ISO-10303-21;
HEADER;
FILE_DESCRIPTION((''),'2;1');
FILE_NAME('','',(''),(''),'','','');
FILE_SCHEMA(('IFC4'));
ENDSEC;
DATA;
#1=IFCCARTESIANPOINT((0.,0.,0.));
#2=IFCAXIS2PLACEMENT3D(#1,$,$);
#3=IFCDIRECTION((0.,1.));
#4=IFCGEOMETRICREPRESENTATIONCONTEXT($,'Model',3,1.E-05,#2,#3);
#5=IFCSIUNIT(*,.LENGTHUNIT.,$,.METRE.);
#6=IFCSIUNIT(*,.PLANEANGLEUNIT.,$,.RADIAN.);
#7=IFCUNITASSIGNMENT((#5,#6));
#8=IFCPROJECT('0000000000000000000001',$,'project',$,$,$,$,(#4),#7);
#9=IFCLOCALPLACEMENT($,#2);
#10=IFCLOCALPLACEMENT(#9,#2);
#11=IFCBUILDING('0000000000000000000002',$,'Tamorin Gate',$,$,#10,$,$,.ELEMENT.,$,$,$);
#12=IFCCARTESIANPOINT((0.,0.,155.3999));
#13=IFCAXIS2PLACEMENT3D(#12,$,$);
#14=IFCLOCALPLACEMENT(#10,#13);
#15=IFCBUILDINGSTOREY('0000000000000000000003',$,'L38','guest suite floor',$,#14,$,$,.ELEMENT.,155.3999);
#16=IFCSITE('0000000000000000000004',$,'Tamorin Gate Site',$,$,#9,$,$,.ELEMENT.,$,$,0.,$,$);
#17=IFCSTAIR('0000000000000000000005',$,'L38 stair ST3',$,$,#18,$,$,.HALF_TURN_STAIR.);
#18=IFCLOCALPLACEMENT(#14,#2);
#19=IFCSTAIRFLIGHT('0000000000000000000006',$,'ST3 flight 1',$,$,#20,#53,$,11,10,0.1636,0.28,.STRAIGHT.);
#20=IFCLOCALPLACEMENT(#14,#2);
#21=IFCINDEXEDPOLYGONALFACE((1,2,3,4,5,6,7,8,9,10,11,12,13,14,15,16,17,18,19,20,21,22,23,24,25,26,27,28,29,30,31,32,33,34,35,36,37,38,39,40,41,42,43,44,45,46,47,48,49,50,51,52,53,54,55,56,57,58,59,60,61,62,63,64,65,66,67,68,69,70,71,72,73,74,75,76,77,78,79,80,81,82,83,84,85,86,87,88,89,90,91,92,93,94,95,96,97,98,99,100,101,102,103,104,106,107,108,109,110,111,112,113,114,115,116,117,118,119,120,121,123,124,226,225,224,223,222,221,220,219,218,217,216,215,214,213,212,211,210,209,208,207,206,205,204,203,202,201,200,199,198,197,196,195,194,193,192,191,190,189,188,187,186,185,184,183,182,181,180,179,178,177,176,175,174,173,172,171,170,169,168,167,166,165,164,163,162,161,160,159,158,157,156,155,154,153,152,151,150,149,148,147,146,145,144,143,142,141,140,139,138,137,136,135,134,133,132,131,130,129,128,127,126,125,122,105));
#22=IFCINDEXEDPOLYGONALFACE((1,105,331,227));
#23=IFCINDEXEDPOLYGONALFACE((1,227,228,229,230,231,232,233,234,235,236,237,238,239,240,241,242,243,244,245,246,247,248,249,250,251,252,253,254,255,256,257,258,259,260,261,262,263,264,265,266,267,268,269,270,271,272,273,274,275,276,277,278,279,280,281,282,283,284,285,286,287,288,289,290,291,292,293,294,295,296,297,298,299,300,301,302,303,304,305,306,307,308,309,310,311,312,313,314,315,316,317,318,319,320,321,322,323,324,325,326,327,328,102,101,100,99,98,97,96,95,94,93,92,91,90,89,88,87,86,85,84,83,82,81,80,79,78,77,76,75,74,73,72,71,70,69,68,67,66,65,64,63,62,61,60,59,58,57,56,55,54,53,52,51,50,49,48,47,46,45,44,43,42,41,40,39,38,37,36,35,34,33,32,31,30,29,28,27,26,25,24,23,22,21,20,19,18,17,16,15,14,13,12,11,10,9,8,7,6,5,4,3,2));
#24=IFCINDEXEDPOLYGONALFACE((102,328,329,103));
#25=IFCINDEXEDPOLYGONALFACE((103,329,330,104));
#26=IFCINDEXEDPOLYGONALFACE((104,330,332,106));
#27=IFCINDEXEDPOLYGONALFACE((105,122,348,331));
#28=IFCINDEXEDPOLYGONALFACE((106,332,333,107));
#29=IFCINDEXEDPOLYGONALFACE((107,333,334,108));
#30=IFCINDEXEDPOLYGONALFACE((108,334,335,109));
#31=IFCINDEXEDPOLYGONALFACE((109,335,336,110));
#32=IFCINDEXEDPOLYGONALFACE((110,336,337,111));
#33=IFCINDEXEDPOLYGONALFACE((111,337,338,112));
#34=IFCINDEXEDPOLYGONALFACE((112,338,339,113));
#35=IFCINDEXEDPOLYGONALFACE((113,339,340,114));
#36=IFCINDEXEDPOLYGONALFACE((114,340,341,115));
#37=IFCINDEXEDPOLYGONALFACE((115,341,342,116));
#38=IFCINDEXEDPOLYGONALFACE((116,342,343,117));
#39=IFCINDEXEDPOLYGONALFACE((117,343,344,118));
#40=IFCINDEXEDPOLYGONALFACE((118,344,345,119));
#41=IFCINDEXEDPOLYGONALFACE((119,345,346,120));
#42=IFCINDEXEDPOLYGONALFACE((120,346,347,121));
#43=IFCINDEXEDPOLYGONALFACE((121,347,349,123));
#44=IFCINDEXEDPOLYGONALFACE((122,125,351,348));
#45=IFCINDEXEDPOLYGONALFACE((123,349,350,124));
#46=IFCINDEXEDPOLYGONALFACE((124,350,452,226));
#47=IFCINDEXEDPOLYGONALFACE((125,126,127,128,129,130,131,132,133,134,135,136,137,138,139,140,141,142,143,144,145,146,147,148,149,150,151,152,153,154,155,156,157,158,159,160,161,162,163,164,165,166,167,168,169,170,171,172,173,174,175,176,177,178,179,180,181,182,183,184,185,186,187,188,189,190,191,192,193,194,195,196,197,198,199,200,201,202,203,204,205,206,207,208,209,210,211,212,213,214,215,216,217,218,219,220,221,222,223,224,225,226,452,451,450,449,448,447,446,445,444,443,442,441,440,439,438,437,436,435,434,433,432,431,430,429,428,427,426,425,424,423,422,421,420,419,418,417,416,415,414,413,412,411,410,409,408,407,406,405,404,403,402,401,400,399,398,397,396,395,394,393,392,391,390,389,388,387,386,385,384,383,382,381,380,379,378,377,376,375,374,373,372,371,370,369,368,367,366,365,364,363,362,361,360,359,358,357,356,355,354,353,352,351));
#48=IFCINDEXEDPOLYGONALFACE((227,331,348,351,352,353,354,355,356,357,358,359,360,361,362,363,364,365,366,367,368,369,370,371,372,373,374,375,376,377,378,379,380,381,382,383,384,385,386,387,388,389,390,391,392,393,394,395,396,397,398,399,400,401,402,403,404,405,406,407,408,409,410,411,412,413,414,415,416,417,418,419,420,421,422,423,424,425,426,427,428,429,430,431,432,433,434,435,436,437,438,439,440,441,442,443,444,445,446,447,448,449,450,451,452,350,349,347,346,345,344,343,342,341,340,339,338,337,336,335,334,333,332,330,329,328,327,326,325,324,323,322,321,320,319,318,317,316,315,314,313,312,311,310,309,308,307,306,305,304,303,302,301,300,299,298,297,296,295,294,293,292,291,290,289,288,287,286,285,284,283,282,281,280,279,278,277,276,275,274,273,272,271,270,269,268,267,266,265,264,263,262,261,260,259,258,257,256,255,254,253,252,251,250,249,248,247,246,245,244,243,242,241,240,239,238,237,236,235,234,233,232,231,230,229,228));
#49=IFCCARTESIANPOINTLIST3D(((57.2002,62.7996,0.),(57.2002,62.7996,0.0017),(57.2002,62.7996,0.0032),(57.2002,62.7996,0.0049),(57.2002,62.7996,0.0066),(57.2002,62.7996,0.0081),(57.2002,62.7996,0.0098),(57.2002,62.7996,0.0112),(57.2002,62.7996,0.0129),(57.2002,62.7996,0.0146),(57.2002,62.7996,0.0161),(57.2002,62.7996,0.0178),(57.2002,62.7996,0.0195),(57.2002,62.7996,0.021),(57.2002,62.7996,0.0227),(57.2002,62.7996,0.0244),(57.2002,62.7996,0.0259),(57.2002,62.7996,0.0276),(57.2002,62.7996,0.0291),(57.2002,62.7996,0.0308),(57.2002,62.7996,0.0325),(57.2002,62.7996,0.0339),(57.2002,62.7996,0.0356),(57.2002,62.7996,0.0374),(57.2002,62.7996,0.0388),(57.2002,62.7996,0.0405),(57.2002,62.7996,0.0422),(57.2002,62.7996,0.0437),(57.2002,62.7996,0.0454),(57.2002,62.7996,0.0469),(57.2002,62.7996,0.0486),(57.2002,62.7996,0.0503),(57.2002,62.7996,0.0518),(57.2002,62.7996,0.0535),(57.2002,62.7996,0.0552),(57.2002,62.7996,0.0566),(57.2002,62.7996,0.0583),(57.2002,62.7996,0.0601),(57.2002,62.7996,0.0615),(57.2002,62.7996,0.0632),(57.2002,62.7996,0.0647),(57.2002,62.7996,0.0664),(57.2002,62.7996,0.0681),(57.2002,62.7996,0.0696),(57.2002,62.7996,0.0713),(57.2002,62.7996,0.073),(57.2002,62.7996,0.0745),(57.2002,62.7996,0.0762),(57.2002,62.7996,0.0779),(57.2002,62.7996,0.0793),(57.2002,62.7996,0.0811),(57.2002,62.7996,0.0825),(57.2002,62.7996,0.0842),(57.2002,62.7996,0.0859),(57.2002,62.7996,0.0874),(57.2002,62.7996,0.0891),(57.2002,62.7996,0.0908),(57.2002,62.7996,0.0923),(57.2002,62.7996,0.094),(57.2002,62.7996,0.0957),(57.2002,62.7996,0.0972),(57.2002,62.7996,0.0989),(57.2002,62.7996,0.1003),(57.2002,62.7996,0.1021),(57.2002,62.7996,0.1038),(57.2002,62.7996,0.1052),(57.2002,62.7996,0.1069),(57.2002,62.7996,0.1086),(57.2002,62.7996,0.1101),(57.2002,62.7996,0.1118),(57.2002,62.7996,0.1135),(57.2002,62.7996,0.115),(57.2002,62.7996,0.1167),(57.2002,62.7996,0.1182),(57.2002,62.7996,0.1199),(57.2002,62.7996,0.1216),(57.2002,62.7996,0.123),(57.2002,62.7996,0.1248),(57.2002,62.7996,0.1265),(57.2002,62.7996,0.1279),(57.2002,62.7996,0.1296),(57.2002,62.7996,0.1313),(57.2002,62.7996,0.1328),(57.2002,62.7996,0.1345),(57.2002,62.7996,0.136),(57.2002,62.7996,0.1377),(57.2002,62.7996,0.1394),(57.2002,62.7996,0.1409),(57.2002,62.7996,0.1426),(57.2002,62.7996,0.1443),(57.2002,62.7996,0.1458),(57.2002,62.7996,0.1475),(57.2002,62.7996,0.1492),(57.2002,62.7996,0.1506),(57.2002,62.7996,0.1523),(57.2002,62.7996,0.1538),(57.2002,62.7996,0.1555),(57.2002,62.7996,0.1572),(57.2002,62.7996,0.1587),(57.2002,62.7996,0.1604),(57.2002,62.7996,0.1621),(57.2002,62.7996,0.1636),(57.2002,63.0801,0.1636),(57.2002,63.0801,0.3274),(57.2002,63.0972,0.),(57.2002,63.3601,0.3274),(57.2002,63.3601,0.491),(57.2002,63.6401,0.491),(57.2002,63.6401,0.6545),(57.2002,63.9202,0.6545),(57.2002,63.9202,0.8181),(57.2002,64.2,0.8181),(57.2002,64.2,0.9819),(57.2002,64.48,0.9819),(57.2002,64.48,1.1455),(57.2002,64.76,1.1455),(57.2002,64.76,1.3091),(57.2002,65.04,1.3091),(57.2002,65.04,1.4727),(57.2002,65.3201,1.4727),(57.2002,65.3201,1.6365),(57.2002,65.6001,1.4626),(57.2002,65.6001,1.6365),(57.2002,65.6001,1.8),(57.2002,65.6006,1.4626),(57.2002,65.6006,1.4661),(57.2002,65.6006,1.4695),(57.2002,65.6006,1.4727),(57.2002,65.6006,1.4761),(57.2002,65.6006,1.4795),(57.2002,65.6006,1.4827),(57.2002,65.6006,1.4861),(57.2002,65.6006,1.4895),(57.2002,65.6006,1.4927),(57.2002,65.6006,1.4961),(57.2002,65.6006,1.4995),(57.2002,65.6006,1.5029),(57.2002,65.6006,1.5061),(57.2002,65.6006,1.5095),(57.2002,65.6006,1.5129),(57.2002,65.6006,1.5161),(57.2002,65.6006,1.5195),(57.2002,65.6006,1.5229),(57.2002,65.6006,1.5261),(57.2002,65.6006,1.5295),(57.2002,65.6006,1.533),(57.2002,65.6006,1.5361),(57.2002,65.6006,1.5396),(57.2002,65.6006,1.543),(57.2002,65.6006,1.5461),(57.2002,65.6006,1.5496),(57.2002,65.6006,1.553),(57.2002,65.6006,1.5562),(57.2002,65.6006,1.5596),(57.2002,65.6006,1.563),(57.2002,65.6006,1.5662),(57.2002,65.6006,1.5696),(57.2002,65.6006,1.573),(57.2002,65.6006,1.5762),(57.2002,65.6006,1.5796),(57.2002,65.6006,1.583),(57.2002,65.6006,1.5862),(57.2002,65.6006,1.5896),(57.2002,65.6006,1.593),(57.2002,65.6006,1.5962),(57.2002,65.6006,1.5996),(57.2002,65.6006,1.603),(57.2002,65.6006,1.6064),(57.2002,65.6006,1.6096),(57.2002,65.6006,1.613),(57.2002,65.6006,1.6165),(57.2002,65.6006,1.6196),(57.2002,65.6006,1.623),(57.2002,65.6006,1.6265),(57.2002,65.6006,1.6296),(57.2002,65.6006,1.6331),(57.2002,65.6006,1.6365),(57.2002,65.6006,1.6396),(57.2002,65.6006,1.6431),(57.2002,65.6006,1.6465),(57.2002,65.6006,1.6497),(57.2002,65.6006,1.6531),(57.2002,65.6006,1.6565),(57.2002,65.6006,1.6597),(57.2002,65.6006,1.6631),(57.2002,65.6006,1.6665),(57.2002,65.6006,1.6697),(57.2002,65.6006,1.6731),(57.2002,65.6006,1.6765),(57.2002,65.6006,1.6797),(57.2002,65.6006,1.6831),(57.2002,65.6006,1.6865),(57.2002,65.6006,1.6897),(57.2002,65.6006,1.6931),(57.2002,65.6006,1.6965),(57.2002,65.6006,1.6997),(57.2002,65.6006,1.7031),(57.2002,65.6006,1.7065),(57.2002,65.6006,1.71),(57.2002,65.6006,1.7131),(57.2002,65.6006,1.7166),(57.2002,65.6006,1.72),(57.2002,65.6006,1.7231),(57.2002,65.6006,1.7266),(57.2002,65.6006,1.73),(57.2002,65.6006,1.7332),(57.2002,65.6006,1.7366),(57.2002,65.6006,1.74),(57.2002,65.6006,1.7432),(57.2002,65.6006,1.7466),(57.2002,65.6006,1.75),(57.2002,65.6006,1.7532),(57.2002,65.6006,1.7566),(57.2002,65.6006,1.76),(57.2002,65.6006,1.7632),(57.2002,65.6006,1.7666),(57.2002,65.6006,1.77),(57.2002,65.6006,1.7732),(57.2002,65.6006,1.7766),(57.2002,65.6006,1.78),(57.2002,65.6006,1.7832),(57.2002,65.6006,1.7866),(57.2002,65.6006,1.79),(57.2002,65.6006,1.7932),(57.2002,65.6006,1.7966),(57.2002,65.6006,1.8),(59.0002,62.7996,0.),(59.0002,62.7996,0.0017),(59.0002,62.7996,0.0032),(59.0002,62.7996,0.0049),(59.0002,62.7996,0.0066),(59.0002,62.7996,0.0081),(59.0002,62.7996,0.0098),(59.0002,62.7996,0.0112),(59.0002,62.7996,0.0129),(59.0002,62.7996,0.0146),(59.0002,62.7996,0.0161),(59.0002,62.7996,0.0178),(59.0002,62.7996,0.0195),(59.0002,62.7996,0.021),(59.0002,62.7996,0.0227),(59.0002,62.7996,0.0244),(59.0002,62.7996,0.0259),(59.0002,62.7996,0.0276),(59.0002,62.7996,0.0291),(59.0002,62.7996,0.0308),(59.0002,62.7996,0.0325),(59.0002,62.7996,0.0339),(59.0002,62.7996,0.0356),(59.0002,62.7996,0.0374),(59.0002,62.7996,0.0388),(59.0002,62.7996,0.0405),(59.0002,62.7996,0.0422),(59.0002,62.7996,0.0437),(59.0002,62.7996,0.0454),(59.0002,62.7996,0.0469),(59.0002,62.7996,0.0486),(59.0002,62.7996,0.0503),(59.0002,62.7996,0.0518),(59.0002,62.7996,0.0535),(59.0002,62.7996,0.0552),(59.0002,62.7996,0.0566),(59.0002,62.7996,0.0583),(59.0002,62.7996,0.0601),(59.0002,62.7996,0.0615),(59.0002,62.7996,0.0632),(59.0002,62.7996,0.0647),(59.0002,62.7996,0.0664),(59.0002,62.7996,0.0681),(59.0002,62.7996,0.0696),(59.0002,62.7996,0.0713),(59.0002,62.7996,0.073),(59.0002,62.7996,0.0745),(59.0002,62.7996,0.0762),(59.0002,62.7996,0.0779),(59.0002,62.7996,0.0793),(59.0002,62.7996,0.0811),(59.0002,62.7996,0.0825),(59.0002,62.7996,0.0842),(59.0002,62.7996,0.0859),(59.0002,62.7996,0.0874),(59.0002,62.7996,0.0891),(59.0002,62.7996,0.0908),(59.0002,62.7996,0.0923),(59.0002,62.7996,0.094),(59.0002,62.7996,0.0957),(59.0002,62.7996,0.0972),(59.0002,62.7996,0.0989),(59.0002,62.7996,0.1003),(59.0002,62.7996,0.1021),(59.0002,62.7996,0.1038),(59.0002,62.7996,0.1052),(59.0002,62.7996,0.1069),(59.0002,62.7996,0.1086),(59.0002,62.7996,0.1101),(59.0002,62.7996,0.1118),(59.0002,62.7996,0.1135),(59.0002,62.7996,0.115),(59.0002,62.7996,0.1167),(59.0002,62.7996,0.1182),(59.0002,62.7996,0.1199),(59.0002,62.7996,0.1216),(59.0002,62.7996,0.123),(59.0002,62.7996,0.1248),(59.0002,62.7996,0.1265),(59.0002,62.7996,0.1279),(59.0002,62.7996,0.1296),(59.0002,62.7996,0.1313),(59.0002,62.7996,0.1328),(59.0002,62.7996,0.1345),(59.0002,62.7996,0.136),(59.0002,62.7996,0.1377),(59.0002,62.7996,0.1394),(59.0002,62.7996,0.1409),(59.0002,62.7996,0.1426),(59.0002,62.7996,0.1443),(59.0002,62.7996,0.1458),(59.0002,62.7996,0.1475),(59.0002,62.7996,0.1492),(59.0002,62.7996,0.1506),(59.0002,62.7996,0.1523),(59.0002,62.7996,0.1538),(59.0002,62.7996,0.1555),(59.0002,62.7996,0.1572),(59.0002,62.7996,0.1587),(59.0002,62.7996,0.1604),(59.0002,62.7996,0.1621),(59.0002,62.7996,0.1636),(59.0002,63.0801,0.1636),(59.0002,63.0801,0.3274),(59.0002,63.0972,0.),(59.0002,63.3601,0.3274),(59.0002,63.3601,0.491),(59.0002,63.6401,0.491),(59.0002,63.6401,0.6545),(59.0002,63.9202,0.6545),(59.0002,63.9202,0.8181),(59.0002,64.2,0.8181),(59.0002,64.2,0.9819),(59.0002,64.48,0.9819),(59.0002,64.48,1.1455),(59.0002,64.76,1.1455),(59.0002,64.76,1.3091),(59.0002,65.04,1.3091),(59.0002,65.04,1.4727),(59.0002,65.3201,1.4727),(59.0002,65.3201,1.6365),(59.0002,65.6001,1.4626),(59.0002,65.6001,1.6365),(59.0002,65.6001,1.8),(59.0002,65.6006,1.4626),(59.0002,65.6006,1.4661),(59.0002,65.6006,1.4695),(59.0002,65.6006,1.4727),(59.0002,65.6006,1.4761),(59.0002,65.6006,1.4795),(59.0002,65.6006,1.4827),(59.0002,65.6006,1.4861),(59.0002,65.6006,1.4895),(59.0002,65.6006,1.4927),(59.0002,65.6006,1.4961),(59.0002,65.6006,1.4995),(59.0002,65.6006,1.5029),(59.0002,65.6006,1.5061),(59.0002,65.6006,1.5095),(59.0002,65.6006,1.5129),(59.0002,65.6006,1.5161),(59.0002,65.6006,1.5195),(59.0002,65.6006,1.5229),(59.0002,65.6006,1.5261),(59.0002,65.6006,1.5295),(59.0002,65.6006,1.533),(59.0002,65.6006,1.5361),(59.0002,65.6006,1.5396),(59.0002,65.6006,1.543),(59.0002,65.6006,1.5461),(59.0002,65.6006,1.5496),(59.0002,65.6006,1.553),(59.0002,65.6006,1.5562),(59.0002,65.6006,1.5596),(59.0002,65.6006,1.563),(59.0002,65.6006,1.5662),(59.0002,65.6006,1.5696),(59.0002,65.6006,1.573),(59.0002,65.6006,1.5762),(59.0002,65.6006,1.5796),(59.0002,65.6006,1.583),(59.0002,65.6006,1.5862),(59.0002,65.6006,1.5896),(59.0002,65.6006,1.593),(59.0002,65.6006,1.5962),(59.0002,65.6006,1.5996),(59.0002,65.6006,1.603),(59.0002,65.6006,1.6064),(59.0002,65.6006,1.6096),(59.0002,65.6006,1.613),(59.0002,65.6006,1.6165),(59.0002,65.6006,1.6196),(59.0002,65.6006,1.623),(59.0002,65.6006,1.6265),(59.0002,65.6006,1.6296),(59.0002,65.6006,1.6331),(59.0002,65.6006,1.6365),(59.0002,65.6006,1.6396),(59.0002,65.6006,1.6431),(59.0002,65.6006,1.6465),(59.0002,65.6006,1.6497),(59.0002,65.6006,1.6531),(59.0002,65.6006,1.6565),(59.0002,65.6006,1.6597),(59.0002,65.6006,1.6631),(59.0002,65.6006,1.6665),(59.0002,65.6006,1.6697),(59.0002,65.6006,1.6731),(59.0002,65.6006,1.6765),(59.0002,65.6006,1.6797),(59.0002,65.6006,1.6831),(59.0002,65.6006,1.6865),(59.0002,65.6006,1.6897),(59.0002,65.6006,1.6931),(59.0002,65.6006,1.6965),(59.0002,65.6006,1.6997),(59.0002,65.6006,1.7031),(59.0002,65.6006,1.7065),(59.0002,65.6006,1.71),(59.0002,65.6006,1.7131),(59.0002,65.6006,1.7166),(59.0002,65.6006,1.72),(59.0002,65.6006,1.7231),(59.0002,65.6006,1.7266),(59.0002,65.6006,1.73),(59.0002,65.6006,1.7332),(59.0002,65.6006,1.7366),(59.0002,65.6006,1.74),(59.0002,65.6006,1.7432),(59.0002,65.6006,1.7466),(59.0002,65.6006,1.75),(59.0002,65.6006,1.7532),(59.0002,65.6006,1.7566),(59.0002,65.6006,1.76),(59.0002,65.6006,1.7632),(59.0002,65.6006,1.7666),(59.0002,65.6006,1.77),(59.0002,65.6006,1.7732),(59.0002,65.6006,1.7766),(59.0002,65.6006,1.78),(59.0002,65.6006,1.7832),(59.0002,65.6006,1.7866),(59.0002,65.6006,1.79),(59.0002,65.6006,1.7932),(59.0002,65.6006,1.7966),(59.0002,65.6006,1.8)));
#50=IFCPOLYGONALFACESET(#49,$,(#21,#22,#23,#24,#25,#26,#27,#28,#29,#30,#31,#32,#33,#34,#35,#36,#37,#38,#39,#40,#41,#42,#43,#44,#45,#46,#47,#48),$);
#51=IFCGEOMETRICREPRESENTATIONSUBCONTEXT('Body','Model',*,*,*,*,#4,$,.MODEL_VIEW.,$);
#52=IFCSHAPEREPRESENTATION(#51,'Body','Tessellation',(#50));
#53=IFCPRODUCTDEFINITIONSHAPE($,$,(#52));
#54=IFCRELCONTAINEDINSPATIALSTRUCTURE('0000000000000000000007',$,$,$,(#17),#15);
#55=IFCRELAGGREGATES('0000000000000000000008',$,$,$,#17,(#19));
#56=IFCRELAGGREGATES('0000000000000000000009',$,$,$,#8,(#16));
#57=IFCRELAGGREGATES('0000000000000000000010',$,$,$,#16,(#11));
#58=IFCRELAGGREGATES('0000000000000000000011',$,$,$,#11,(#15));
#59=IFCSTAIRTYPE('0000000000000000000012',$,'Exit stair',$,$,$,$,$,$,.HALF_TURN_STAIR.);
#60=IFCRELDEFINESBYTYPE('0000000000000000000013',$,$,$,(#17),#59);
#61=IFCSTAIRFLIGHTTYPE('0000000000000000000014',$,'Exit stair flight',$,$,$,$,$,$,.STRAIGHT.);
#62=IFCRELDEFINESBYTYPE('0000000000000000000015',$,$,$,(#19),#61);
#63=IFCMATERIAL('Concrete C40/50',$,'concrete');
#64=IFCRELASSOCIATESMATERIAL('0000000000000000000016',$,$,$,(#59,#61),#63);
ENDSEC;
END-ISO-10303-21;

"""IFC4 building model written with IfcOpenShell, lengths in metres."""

from ifc_helpers import new_model, si_unit, direction, frame, origin, place, context, subcontext, project, spatial, polyline, outline, extrude, material, type_object, element, aggregate, save


model = new_model("IFC4")

# Units and contexts
model_context = context("Model", 3, precision=1e-05, world=origin(), true_north=direction((0.0, 1.0)))
body_context = subcontext(model_context, "Body", "Model", "MODEL_VIEW")
ifc_project = project(units=[si_unit("LENGTHUNIT", "METRE"), si_unit("PLANEANGLEUNIT", "RADIAN")], contexts=[model_context])

# Site, building, storey
site_placement = place(None, origin())
site = spatial("IfcSite", under=ifc_project, at=site_placement, Name="Tamorin Gate Site", CompositionType="ELEMENT", RefElevation=0.0)
building_placement = place(site_placement, origin())
building = spatial("IfcBuilding", under=site, at=building_placement, Name="Tamorin Gate", CompositionType="ELEMENT")
storey_placement = place(building_placement, frame((0.0, 0.0, 155.3999)))
storey = spatial("IfcBuildingStorey", under=building, at=storey_placement, Name="L38", Description="guest suite floor", CompositionType="ELEMENT", Elevation=155.3999)

# Stair, stair flight
ifc_material_1 = material(Name="Concrete C40/50", Category="concrete")
stair_type = type_object("IfcStairType", Name="Exit stair", PredefinedType="HALF_TURN_STAIR", material=ifc_material_1)
stair_placement = place(storey_placement, origin())
stair = element("IfcStair", 1, at=stair_placement, inside=storey, type_object=stair_type, Name="L38 stair ST3", PredefinedType="HALF_TURN_STAIR")
stair_flight_type = type_object("IfcStairFlightType", Name="Exit stair flight", PredefinedType="STRAIGHT", material=ifc_material_1)
stair_flight_placement = place(storey_placement, frame((58.1001, 62.8, 0.0), z_axis=(0.0, 0.0, 1.0), x_axis=(0.0, 1.0, 0.0)))
stair_flight = element("IfcStairFlight", 2, at=stair_flight_placement, type_object=stair_flight_type, Name="ST3 flight 1", NumberOfRisers=11, NumberOfTreads=10, PredefinedType="STRAIGHT", RiserHeight=0.1636, TreadLength=0.28, context=body_context, shape_type="SweptSolid", body=[
    extrude(outline(polyline([(-0.0005, 0.0), (-0.0005, 0.0017), (-0.0005, 0.0032), (-0.0005, 0.0049), (-0.0005, 0.0066), (-0.0005, 0.0081), (-0.0005, 0.0098), (-0.0005, 0.0112), (-0.0005, 0.0129), (-0.0005, 0.0146), (-0.0005, 0.0161), (-0.0005, 0.0178), (-0.0005, 0.0195), (-0.0005, 0.021), (-0.0005, 0.0227), (-0.0005, 0.0244), (-0.0005, 0.0259), (-0.0005, 0.0276), (-0.0005, 0.0291), (-0.0005, 0.0308), (-0.0005, 0.0325), (-0.0005, 0.0339), (-0.0005, 0.0356), (-0.0005, 0.0374), (-0.0005, 0.0388), (-0.0005, 0.0405), (-0.0005, 0.0422), (-0.0005, 0.0437), (-0.0005, 0.0454), (-0.0005, 0.0469), (-0.0005, 0.0486), (-0.0005, 0.0503), (-0.0005, 0.0518), (-0.0005, 0.0535), (-0.0005, 0.0552), (-0.0005, 0.0566), (-0.0005, 0.0583), (-0.0005, 0.0601), (-0.0005, 0.0615), (-0.0005, 0.0632), (-0.0005, 0.0647), (-0.0005, 0.0664), (-0.0005, 0.0681), (-0.0005, 0.0696), (-0.0005, 0.0713), (-0.0005, 0.073), (-0.0005, 0.0745), (-0.0005, 0.0762), (-0.0005, 0.0779), (-0.0005, 0.0793), (-0.0005, 0.0811), (-0.0005, 0.0825), (-0.0005, 0.0842), (-0.0005, 0.0859), (-0.0005, 0.0874), (-0.0005, 0.0891), (-0.0005, 0.0908), (-0.0005, 0.0923), (-0.0005, 0.094), (-0.0005, 0.0957), (-0.0005, 0.0972), (-0.0005, 0.0989), (-0.0005, 0.1003), (-0.0005, 0.1021), (-0.0005, 0.1038), (-0.0005, 0.1052), (-0.0005, 0.1069), (-0.0005, 0.1086), (-0.0005, 0.1101), (-0.0005, 0.1118), (-0.0005, 0.1135), (-0.0005, 0.115), (-0.0005, 0.1167), (-0.0005, 0.1182), (-0.0005, 0.1199), (-0.0005, 0.1216), (-0.0005, 0.123), (-0.0005, 0.1248), (-0.0005, 0.1265), (-0.0005, 0.1279), (-0.0005, 0.1296), (-0.0005, 0.1313), (-0.0005, 0.1328), (-0.0005, 0.1345), (-0.0005, 0.136), (-0.0005, 0.1377), (-0.0005, 0.1394), (-0.0005, 0.1409), (-0.0005, 0.1426), (-0.0005, 0.1443), (-0.0005, 0.1458), (-0.0005, 0.1475), (-0.0005, 0.1492), (-0.0005, 0.1506), (-0.0005, 0.1523), (-0.0005, 0.1538), (-0.0005, 0.1555), (-0.0005, 0.1572), (-0.0005, 0.1587), (-0.0005, 0.1604), (-0.0005, 0.1621), (-0.0005, 0.1636), (0.28, 0.1636), (0.28, 0.3274), (0.5601, 0.3274), (0.5601, 0.491), (0.8401, 0.491), (0.8401, 0.6545), (1.1201, 0.6545), (1.1201, 0.8181), (1.3999, 0.8181), (1.3999, 0.9819), (1.6799, 0.9819), (1.6799, 1.1455), (1.96, 1.1455), (1.96, 1.3091), (2.24, 1.3091), (2.24, 1.4727), (2.52, 1.4727), (2.52, 1.6365), (2.8, 1.6365), (2.8, 1.8), (2.8005, 1.8), (2.8005, 1.7966), (2.8005, 1.7932), (2.8005, 1.79), (2.8005, 1.7866), (2.8005, 1.7832), (2.8005, 1.78), (2.8005, 1.7766), (2.8005, 1.7732), (2.8005, 1.77), (2.8005, 1.7666), (2.8005, 1.7632), (2.8005, 1.76), (2.8005, 1.7566), (2.8005, 1.7532), (2.8005, 1.75), (2.8005, 1.7466), (2.8005, 1.7432), (2.8005, 1.74), (2.8005, 1.7366), (2.8005, 1.7332), (2.8005, 1.73), (2.8005, 1.7266), (2.8005, 1.7231), (2.8005, 1.72), (2.8005, 1.7166), (2.8005, 1.7131), (2.8005, 1.71), (2.8005, 1.7065), (2.8005, 1.7031), (2.8005, 1.6997), (2.8005, 1.6965), (2.8005, 1.6931), (2.8005, 1.6897), (2.8005, 1.6865), (2.8005, 1.6831), (2.8005, 1.6797), (2.8005, 1.6765), (2.8005, 1.6731), (2.8005, 1.6697), (2.8005, 1.6665), (2.8005, 1.6631), (2.8005, 1.6597), (2.8005, 1.6565), (2.8005, 1.6531), (2.8005, 1.6497), (2.8005, 1.6465), (2.8005, 1.6431), (2.8005, 1.6396), (2.8005, 1.6365), (2.8005, 1.6331), (2.8005, 1.6296), (2.8005, 1.6265), (2.8005, 1.623), (2.8005, 1.6196), (2.8005, 1.6165), (2.8005, 1.613), (2.8005, 1.6096), (2.8005, 1.6064), (2.8005, 1.603), (2.8005, 1.5996), (2.8005, 1.5962), (2.8005, 1.593), (2.8005, 1.5896), (2.8005, 1.5862), (2.8005, 1.583), (2.8005, 1.5796), (2.8005, 1.5762), (2.8005, 1.573), (2.8005, 1.5696), (2.8005, 1.5662), (2.8005, 1.563), (2.8005, 1.5596), (2.8005, 1.5562), (2.8005, 1.553), (2.8005, 1.5496), (2.8005, 1.5461), (2.8005, 1.543), (2.8005, 1.5396), (2.8005, 1.5361), (2.8005, 1.533), (2.8005, 1.5295), (2.8005, 1.5261), (2.8005, 1.5229), (2.8005, 1.5195), (2.8005, 1.5161), (2.8005, 1.5129), (2.8005, 1.5095), (2.8005, 1.5061), (2.8005, 1.5029), (2.8005, 1.4995), (2.8005, 1.4961), (2.8005, 1.4927), (2.8005, 1.4895), (2.8005, 1.4861), (2.8005, 1.4827), (2.8005, 1.4795), (2.8005, 1.4761), (2.8005, 1.4727), (2.8005, 1.4695), (2.8005, 1.4661), (2.8005, 1.4626), (2.8, 1.4626), (0.2971, 0.0), (-0.0005, 0.0)])), frame((0.0, 0.8999, 0.0), z_axis=(0.0, -1.0, 0.0), x_axis=(1.0, 0.0, 0.0)), (0.0, 0.0, 1.0), 1.8),
])
aggregate(stair, [stair_flight])

save(model, "model.ifc")
